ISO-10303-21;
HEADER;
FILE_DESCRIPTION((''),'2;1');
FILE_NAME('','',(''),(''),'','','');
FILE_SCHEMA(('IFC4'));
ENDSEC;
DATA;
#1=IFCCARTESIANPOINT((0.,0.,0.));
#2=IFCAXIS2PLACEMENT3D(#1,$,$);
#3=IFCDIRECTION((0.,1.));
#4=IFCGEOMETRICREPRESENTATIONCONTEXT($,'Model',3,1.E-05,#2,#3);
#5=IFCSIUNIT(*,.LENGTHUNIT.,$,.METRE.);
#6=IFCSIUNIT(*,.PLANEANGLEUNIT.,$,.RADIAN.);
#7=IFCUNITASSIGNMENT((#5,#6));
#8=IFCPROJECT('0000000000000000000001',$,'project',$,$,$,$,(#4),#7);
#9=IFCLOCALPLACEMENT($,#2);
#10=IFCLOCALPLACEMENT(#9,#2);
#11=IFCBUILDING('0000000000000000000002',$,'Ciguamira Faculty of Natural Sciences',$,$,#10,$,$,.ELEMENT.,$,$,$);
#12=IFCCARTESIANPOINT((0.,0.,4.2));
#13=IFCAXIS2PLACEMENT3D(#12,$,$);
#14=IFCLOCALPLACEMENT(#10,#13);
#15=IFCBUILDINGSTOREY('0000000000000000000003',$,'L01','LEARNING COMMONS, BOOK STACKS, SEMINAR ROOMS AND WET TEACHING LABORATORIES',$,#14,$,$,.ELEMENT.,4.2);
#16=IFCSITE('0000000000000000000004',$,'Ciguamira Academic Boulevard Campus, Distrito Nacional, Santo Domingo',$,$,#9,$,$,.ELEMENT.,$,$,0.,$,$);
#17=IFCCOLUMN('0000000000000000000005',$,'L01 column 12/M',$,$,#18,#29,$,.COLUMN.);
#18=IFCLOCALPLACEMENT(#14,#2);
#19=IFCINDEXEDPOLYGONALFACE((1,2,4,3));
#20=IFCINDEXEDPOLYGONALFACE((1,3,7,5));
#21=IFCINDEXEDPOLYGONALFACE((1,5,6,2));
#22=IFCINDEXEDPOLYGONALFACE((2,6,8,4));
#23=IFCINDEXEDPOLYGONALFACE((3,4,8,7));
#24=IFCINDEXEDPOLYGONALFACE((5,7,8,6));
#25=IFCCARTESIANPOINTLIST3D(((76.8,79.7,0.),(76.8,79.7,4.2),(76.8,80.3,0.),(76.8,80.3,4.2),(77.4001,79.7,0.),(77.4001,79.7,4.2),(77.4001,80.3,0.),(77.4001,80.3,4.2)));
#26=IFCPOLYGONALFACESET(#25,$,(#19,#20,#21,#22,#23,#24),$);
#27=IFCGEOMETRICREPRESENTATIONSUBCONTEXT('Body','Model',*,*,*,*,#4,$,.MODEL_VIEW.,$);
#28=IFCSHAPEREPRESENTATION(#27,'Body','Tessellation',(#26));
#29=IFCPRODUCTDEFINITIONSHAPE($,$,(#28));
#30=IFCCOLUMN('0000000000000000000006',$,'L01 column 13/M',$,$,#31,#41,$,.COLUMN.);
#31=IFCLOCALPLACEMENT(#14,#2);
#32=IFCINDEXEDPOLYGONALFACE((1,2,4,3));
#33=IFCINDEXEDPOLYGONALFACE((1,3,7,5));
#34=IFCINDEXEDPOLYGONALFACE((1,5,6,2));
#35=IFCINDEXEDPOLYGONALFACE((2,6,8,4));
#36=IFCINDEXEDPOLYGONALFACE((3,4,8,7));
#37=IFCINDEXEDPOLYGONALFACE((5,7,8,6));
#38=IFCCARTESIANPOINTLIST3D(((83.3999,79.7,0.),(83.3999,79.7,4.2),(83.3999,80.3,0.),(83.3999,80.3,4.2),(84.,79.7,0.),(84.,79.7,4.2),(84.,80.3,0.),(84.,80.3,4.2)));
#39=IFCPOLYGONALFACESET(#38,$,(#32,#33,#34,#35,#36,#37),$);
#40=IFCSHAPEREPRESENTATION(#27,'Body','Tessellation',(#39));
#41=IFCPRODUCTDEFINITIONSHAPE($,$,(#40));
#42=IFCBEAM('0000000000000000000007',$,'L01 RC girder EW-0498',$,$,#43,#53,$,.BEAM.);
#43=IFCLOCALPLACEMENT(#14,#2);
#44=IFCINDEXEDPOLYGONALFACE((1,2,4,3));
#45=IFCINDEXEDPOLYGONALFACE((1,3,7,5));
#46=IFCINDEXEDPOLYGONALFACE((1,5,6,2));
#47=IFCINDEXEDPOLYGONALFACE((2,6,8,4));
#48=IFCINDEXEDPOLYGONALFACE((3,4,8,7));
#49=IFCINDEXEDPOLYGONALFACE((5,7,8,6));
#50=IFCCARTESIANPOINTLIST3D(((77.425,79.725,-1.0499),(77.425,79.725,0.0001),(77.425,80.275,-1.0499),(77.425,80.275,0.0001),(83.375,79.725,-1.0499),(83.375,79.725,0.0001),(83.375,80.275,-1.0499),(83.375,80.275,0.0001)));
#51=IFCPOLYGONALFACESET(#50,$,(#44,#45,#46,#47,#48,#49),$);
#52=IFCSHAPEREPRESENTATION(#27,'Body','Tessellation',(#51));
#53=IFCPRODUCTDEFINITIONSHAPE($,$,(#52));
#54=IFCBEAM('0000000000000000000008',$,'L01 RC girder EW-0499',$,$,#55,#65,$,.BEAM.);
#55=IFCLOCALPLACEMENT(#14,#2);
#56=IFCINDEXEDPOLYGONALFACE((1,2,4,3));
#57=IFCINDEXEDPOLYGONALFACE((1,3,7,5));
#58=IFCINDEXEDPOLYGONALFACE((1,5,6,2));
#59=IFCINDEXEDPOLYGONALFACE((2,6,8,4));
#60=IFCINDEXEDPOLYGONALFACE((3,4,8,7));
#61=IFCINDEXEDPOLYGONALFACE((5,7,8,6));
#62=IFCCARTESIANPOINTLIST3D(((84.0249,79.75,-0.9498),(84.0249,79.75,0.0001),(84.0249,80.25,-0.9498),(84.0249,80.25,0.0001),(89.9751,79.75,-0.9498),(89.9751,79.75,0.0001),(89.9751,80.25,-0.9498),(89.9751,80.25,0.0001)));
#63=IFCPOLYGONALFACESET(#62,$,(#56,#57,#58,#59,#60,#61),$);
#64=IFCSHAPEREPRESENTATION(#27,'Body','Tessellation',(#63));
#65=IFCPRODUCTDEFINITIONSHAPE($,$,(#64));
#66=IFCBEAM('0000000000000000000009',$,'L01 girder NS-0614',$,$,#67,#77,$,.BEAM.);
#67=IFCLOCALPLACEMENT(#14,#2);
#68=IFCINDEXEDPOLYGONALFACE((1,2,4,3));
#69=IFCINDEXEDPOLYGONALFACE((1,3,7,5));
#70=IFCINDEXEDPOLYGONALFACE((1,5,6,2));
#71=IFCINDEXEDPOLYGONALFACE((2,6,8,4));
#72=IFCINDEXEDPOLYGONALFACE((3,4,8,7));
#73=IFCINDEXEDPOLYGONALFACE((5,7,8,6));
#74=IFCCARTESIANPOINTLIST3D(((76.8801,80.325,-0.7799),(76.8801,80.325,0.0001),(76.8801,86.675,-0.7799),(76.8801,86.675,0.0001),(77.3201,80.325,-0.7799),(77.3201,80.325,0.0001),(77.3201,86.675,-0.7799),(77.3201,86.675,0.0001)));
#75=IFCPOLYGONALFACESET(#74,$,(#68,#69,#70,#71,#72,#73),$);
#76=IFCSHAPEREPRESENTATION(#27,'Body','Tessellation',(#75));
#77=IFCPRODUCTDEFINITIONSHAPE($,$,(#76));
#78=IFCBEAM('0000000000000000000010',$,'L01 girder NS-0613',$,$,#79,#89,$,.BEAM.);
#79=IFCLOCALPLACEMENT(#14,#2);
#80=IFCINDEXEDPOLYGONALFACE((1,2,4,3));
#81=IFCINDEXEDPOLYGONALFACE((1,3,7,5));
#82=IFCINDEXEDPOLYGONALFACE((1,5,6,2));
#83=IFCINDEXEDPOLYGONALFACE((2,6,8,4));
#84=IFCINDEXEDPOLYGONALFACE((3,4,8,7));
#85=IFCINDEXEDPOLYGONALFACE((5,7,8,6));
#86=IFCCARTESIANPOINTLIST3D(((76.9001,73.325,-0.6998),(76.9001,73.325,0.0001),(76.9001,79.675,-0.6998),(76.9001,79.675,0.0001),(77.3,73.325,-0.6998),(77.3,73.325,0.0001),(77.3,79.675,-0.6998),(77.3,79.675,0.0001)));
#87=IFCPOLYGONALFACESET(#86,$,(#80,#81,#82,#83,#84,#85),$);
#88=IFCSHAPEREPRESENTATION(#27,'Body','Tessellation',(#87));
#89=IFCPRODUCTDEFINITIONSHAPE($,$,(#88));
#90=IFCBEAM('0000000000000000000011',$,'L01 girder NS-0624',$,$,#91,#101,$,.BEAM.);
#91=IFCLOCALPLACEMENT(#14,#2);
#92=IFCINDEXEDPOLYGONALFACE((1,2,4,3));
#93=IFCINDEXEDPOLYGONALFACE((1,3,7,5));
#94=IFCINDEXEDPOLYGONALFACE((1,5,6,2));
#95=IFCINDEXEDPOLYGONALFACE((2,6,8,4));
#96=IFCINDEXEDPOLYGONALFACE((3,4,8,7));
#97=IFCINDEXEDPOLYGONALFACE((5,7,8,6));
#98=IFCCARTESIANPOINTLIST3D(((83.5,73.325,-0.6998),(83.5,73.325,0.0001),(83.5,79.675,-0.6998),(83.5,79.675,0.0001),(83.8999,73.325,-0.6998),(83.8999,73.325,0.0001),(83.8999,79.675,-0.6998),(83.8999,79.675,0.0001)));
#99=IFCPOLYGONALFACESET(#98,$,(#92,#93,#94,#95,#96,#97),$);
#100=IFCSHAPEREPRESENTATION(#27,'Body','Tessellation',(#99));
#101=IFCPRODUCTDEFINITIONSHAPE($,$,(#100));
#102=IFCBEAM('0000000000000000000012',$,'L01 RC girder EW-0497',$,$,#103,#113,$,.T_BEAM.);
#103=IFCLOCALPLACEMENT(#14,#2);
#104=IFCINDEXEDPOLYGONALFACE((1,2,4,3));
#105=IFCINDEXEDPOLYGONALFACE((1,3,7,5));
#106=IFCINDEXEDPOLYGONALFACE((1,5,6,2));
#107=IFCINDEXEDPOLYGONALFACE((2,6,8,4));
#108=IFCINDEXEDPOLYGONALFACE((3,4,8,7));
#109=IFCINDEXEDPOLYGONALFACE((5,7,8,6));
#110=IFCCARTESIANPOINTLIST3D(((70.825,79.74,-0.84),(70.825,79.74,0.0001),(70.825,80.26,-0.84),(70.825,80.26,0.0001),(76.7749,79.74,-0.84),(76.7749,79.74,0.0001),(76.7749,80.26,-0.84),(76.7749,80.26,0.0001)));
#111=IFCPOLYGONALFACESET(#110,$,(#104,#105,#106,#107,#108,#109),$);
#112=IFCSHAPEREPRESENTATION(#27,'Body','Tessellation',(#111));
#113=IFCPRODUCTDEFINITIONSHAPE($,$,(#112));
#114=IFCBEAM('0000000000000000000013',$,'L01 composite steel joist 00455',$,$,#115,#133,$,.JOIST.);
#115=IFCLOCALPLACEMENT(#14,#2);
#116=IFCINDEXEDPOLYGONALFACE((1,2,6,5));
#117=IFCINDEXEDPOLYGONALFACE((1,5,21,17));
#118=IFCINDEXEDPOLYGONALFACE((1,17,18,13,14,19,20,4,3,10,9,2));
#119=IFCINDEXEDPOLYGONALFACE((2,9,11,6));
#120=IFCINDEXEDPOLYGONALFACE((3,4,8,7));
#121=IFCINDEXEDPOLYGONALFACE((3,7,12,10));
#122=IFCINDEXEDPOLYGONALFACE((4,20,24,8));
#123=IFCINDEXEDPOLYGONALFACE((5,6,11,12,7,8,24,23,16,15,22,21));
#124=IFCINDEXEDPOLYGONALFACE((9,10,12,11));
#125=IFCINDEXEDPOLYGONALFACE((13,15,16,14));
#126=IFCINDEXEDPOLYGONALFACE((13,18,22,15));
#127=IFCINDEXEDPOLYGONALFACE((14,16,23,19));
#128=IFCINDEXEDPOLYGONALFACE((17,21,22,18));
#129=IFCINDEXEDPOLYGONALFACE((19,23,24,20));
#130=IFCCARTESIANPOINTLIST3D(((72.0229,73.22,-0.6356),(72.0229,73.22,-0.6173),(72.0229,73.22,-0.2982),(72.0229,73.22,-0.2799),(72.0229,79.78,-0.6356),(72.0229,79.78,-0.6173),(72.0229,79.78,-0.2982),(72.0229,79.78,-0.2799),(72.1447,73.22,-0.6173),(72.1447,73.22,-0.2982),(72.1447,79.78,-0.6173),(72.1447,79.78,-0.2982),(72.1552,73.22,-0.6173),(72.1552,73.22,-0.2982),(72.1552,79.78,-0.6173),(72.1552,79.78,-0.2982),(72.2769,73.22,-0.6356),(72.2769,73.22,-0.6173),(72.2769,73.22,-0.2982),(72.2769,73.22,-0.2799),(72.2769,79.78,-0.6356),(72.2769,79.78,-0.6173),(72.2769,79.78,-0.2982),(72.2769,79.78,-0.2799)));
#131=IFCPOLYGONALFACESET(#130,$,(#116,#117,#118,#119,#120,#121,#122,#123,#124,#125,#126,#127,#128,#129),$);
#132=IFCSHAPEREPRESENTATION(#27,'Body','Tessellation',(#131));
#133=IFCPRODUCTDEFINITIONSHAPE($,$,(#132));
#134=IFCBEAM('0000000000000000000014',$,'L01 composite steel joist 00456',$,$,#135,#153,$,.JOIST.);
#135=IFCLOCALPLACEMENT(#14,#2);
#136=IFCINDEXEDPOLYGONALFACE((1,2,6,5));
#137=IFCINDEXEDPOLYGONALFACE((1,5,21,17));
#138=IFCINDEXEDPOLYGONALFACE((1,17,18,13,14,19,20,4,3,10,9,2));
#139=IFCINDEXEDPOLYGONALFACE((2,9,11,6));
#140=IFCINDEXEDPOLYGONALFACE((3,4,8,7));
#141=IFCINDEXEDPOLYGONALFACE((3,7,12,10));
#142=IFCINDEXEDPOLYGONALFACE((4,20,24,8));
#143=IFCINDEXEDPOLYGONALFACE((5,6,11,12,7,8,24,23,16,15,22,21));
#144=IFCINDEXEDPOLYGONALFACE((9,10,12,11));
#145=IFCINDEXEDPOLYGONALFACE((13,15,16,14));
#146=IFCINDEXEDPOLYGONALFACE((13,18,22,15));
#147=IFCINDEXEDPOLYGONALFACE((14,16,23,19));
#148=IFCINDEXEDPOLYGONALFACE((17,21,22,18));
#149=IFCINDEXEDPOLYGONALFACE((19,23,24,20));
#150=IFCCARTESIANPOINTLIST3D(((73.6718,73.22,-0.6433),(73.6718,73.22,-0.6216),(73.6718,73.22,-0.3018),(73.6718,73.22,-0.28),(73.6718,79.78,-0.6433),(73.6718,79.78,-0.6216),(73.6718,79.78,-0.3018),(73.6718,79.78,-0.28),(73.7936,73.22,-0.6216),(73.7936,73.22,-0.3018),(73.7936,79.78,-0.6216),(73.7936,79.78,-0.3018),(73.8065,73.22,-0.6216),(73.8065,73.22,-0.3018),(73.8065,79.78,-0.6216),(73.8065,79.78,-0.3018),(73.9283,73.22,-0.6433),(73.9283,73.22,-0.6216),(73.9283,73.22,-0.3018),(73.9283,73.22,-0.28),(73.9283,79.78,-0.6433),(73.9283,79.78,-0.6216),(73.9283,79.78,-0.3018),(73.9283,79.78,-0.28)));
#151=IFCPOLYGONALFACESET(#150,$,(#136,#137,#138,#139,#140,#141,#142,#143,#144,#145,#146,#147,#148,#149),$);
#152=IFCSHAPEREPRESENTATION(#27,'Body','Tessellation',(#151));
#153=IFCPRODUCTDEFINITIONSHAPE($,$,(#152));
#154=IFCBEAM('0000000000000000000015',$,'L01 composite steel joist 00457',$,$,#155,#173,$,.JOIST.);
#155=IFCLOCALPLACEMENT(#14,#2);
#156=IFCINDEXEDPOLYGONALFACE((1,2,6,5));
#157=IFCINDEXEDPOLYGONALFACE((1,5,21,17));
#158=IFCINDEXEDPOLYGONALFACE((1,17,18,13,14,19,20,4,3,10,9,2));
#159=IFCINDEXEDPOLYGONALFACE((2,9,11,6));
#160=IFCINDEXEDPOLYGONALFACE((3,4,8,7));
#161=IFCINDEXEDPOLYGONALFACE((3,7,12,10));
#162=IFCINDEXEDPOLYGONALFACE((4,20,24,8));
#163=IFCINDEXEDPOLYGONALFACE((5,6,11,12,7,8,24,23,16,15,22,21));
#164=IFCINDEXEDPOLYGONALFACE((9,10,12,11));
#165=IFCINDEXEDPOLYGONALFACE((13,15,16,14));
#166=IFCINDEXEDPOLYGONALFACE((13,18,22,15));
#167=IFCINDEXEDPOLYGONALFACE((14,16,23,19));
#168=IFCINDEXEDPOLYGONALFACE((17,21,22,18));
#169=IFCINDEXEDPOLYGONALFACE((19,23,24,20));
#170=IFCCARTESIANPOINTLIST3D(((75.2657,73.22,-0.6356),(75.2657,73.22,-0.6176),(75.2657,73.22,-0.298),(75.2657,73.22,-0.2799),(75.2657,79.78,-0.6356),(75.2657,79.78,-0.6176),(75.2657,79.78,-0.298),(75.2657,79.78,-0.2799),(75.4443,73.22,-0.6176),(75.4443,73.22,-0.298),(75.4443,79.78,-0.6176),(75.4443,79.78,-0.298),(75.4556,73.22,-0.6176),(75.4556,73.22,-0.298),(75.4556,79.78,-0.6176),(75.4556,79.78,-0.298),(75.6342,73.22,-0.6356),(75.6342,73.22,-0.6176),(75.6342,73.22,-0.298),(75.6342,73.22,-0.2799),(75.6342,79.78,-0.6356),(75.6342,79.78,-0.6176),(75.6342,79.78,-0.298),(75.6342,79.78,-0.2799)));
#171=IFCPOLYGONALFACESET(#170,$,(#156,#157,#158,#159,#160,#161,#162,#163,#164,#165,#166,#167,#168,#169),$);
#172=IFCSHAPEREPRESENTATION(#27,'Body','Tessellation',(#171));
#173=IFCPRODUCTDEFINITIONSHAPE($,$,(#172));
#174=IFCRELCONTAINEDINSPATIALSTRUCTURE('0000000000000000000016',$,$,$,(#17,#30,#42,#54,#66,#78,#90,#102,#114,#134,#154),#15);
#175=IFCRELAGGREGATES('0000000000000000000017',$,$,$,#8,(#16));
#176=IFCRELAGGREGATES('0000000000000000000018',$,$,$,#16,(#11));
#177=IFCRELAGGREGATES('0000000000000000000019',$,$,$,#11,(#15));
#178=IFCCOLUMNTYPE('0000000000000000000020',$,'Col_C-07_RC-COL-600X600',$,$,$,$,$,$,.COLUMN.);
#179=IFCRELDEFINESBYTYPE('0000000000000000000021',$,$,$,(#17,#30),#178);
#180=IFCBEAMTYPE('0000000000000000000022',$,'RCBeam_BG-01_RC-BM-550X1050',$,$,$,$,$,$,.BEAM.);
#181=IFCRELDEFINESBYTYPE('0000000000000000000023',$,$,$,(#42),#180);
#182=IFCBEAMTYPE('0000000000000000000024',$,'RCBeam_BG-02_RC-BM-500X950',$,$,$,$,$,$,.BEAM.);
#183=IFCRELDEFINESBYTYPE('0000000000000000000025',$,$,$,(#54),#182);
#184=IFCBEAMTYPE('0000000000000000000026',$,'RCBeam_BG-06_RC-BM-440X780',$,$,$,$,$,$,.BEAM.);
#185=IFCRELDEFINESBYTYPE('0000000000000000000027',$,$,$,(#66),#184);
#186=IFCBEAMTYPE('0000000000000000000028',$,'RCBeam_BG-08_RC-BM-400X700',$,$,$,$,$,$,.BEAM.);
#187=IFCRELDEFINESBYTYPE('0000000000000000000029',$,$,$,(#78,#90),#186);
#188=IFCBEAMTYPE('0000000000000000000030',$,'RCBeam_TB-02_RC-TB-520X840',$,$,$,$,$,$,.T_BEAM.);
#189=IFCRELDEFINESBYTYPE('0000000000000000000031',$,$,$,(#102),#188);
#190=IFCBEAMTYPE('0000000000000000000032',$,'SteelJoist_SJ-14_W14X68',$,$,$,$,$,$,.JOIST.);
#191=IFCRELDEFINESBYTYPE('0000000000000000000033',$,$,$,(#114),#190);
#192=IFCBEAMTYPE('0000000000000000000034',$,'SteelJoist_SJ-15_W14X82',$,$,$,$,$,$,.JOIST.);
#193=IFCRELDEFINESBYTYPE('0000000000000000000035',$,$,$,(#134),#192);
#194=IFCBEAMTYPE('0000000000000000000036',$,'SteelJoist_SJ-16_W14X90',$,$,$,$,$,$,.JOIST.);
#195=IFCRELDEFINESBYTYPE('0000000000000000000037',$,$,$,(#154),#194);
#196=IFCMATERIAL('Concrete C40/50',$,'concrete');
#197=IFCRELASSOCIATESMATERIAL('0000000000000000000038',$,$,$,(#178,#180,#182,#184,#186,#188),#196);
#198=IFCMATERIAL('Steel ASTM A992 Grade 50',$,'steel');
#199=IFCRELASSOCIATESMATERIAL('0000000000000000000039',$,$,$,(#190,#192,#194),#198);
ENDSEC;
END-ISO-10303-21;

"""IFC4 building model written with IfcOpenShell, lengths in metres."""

from ifc_helpers import new_model, si_unit, direction, frame, origin, origin_2d, place, context, subcontext, project, spatial, rectangle, i_section, extrude, material, material_profile, profile_set, type_object, element, save


model = new_model("IFC4")

# Units and contexts
model_context = context("Model", 3, precision=1e-05, world=origin(), true_north=direction((0.0, 1.0)))
body_context = subcontext(model_context, "Body", "Model", "MODEL_VIEW")
ifc_project = project(units=[si_unit("LENGTHUNIT", "METRE"), si_unit("PLANEANGLEUNIT", "RADIAN")], contexts=[model_context])

# Site, building, storey
site_placement = place(None, origin())
site = spatial("IfcSite", under=ifc_project, at=site_placement, Name="Ciguamira Academic Boulevard Campus, Distrito Nacional, Santo Domingo", CompositionType="ELEMENT", RefElevation=0.0)
building_placement = place(site_placement, origin())
building = spatial("IfcBuilding", under=site, at=building_placement, Name="Ciguamira Faculty of Natural Sciences", CompositionType="ELEMENT")
storey_placement = place(building_placement, frame((0.0, 0.0, 4.2)))
storey = spatial("IfcBuildingStorey", under=building, at=storey_placement, Name="L01", Description="LEARNING COMMONS, BOOK STACKS, SEMINAR ROOMS AND WET TEACHING LABORATORIES", CompositionType="ELEMENT", Elevation=4.2)

# Columns
ifc_material_1 = material(Name="Concrete C40/50", Category="concrete")
ifc_material_profile_1 = material_profile(ifc_material_1, rectangle(XDim=0.6001, YDim=0.6001, at=origin_2d()), Name="RC-COL-600X600")
ifc_profile_set_1 = profile_set([ifc_material_profile_1], Name="Concrete C40/50")
column_type = type_object("IfcColumnType", Name="Col_C-07_RC-COL-600X600", PredefinedType="COLUMN", material=ifc_profile_set_1)
for number, where, z_axis, x_axis, name in (
    (1, (77.1001, 80.0, 0.0), (0.0, 0.0, 1.0), (1.0, 0.0, 0.0), "L01 column 12/M"),
    (2, (83.7, 80.0, 0.0), (0.0, 0.0, 1.0), (1.0, 0.0, 0.0), "L01 column 13/M"),
):
    element("IfcColumn", number, at=place(storey_placement, frame(where, z_axis=z_axis, x_axis=x_axis)), inside=storey, type_object=column_type, Name=name, PredefinedType="COLUMN", context=body_context, shape_type="SweptSolid", body=[
        extrude(rectangle(XDim=0.6001, YDim=0.6001, at=origin_2d()), origin(), (0.0, 0.0, 1.0), 4.2),
    ])

# Beams
ifc_material_profile_2 = material_profile(ifc_material_1, rectangle(XDim=0.55, YDim=1.05, at=origin_2d()), Name="RC-BM-550X1050")
ifc_profile_set_2 = profile_set([ifc_material_profile_2], Name="Concrete C40/50")
beam_type_1 = type_object("IfcBeamType", Name="RCBeam_BG-01_RC-BM-550X1050", PredefinedType="BEAM", material=ifc_profile_set_2)
beam_1_placement = place(storey_placement, frame((77.425, 80.0, -0.5249), z_axis=(1.0, 0.0, 0.0), x_axis=(0.0, 1.0, 0.0)))
element("IfcBeam", 3, at=beam_1_placement, inside=storey, type_object=beam_type_1, Name="L01 RC girder EW-0498", PredefinedType="BEAM", context=body_context, shape_type="SweptSolid", body=[
    extrude(rectangle(XDim=0.55, YDim=1.05, at=origin_2d()), origin(), (0.0, 0.0, 1.0), 5.95),
])
ifc_material_profile_3 = material_profile(ifc_material_1, rectangle(XDim=0.5, YDim=0.95, at=origin_2d()), Name="RC-BM-500X950")
ifc_profile_set_3 = profile_set([ifc_material_profile_3], Name="Concrete C40/50")
beam_type_2 = type_object("IfcBeamType", Name="RCBeam_BG-02_RC-BM-500X950", PredefinedType="BEAM", material=ifc_profile_set_3)
beam_2_placement = place(storey_placement, frame((84.0249, 80.0, -0.4749), z_axis=(1.0, 0.0, 0.0), x_axis=(0.0, 1.0, 0.0)))
element("IfcBeam", 4, at=beam_2_placement, inside=storey, type_object=beam_type_2, Name="L01 RC girder EW-0499", PredefinedType="BEAM", context=body_context, shape_type="SweptSolid", body=[
    extrude(rectangle(XDim=0.5, YDim=0.95, at=origin_2d()), origin(), (0.0, 0.0, 1.0), 5.9502),
])
ifc_material_profile_4 = material_profile(ifc_material_1, rectangle(XDim=0.4399, YDim=0.78, at=origin_2d()), Name="RC-BM-440X780")
ifc_profile_set_4 = profile_set([ifc_material_profile_4], Name="Concrete C40/50")
beam_type_3 = type_object("IfcBeamType", Name="RCBeam_BG-06_RC-BM-440X780", PredefinedType="BEAM", material=ifc_profile_set_4)
beam_3_placement = place(storey_placement, frame((77.1001, 80.325, -0.3899), z_axis=(0.0, 1.0, 0.0), x_axis=(-1.0, 0.0, 0.0)))
element("IfcBeam", 5, at=beam_3_placement, inside=storey, type_object=beam_type_3, Name="L01 girder NS-0614", PredefinedType="BEAM", context=body_context, shape_type="SweptSolid", body=[
    extrude(rectangle(XDim=0.4399, YDim=0.78, at=origin_2d()), origin(), (0.0, 0.0, 1.0), 6.3501),
])
ifc_material_profile_5 = material_profile(ifc_material_1, rectangle(XDim=0.3999, YDim=0.7, at=origin_2d()), Name="RC-BM-400X700")
ifc_profile_set_5 = profile_set([ifc_material_profile_5], Name="Concrete C40/50")
beam_type_4 = type_object("IfcBeamType", Name="RCBeam_BG-08_RC-BM-400X700", PredefinedType="BEAM", material=ifc_profile_set_5)
for number, where, z_axis, x_axis, name in (
    (6, (77.1001, 73.325, -0.3499), (0.0, 1.0, 0.0), (-1.0, 0.0, 0.0), "L01 girder NS-0613"),
    (7, (83.7, 73.325, -0.3499), (0.0, 1.0, 0.0), (-1.0, 0.0, 0.0), "L01 girder NS-0624"),
):
    element("IfcBeam", number, at=place(storey_placement, frame(where, z_axis=z_axis, x_axis=x_axis)), inside=storey, type_object=beam_type_4, Name=name, PredefinedType="BEAM", context=body_context, shape_type="SweptSolid", body=[
        extrude(rectangle(XDim=0.3999, YDim=0.7, at=origin_2d()), origin(), (0.0, 0.0, 1.0), 6.3501),
    ])
ifc_material_profile_6 = material_profile(ifc_material_1, rectangle(XDim=0.52, YDim=0.8401, at=origin_2d()), Name="RC-TB-520X840")
ifc_profile_set_6 = profile_set([ifc_material_profile_6], Name="Concrete C40/50")
beam_type_5 = type_object("IfcBeamType", Name="RCBeam_TB-02_RC-TB-520X840", PredefinedType="T_BEAM", material=ifc_profile_set_6)
beam_4_placement = place(storey_placement, frame((70.825, 80.0, -0.4199), z_axis=(1.0, 0.0, 0.0), x_axis=(0.0, 1.0, 0.0)))
element("IfcBeam", 8, at=beam_4_placement, inside=storey, type_object=beam_type_5, Name="L01 RC girder EW-0497", PredefinedType="T_BEAM", context=body_context, shape_type="SweptSolid", body=[
    extrude(rectangle(XDim=0.52, YDim=0.8401, at=origin_2d()), origin(), (0.0, 0.0, 1.0), 5.95),
])
ifc_material_2 = material(Name="Steel ASTM A992 Grade 50", Category="steel")
ifc_material_profile_7 = material_profile(ifc_material_2, i_section(OverallWidth=0.2539, OverallDepth=0.3557, WebThickness=0.0105, FlangeThickness=0.0183, at=origin_2d()), Name="W14X68")
ifc_profile_set_7 = profile_set([ifc_material_profile_7], Name="Steel ASTM A992 Grade 50")
beam_type_6 = type_object("IfcBeamType", Name="SteelJoist_SJ-14_W14X68", PredefinedType="JOIST", material=ifc_profile_set_7)
beam_5_placement = place(storey_placement, frame((72.1499, 73.22, -0.4578), z_axis=(0.0, 1.0, 0.0), x_axis=(-1.0, 0.0, 0.0)))
element("IfcBeam", 9, at=beam_5_placement, inside=storey, type_object=beam_type_6, Name="L01 composite steel joist 00455", PredefinedType="JOIST", context=body_context, shape_type="SweptSolid", body=[
    extrude(i_section(OverallWidth=0.2539, OverallDepth=0.3557, WebThickness=0.0105, FlangeThickness=0.0183, at=origin_2d()), origin(), (0.0, 0.0, 1.0), 6.5601),
])
ifc_material_profile_8 = material_profile(ifc_material_2, i_section(OverallWidth=0.2566, OverallDepth=0.3633, WebThickness=0.0129, FlangeThickness=0.0217, at=origin_2d()), Name="W14X82")
ifc_profile_set_8 = profile_set([ifc_material_profile_8], Name="Steel ASTM A992 Grade 50")
beam_type_7 = type_object("IfcBeamType", Name="SteelJoist_SJ-15_W14X82", PredefinedType="JOIST", material=ifc_profile_set_8)
beam_6_placement = place(storey_placement, frame((73.8, 73.22, -0.4617), z_axis=(0.0, 1.0, 0.0), x_axis=(-1.0, 0.0, 0.0)))
element("IfcBeam", 10, at=beam_6_placement, inside=storey, type_object=beam_type_7, Name="L01 composite steel joist 00456", PredefinedType="JOIST", context=body_context, shape_type="SweptSolid", body=[
    extrude(i_section(OverallWidth=0.2566, OverallDepth=0.3633, WebThickness=0.0129, FlangeThickness=0.0217, at=origin_2d()), origin(), (0.0, 0.0, 1.0), 6.5601),
])
ifc_material_profile_9 = material_profile(ifc_material_2, i_section(OverallWidth=0.3684, OverallDepth=0.3557, WebThickness=0.0112, FlangeThickness=0.0181, at=origin_2d()), Name="W14X90")
ifc_profile_set_9 = profile_set([ifc_material_profile_9], Name="Steel ASTM A992 Grade 50")
beam_type_8 = type_object("IfcBeamType", Name="SteelJoist_SJ-16_W14X90", PredefinedType="JOIST", material=ifc_profile_set_9)
beam_7_placement = place(storey_placement, frame((75.45, 73.22, -0.4578), z_axis=(0.0, 1.0, 0.0), x_axis=(-1.0, 0.0, 0.0)))
element("IfcBeam", 11, at=beam_7_placement, inside=storey, type_object=beam_type_8, Name="L01 composite steel joist 00457", PredefinedType="JOIST", context=body_context, shape_type="SweptSolid", body=[
    extrude(i_section(OverallWidth=0.3684, OverallDepth=0.3557, WebThickness=0.0112, FlangeThickness=0.0181, at=origin_2d()), origin(), (0.0, 0.0, 1.0), 6.5601),
])

save(model, "model.ifc")
